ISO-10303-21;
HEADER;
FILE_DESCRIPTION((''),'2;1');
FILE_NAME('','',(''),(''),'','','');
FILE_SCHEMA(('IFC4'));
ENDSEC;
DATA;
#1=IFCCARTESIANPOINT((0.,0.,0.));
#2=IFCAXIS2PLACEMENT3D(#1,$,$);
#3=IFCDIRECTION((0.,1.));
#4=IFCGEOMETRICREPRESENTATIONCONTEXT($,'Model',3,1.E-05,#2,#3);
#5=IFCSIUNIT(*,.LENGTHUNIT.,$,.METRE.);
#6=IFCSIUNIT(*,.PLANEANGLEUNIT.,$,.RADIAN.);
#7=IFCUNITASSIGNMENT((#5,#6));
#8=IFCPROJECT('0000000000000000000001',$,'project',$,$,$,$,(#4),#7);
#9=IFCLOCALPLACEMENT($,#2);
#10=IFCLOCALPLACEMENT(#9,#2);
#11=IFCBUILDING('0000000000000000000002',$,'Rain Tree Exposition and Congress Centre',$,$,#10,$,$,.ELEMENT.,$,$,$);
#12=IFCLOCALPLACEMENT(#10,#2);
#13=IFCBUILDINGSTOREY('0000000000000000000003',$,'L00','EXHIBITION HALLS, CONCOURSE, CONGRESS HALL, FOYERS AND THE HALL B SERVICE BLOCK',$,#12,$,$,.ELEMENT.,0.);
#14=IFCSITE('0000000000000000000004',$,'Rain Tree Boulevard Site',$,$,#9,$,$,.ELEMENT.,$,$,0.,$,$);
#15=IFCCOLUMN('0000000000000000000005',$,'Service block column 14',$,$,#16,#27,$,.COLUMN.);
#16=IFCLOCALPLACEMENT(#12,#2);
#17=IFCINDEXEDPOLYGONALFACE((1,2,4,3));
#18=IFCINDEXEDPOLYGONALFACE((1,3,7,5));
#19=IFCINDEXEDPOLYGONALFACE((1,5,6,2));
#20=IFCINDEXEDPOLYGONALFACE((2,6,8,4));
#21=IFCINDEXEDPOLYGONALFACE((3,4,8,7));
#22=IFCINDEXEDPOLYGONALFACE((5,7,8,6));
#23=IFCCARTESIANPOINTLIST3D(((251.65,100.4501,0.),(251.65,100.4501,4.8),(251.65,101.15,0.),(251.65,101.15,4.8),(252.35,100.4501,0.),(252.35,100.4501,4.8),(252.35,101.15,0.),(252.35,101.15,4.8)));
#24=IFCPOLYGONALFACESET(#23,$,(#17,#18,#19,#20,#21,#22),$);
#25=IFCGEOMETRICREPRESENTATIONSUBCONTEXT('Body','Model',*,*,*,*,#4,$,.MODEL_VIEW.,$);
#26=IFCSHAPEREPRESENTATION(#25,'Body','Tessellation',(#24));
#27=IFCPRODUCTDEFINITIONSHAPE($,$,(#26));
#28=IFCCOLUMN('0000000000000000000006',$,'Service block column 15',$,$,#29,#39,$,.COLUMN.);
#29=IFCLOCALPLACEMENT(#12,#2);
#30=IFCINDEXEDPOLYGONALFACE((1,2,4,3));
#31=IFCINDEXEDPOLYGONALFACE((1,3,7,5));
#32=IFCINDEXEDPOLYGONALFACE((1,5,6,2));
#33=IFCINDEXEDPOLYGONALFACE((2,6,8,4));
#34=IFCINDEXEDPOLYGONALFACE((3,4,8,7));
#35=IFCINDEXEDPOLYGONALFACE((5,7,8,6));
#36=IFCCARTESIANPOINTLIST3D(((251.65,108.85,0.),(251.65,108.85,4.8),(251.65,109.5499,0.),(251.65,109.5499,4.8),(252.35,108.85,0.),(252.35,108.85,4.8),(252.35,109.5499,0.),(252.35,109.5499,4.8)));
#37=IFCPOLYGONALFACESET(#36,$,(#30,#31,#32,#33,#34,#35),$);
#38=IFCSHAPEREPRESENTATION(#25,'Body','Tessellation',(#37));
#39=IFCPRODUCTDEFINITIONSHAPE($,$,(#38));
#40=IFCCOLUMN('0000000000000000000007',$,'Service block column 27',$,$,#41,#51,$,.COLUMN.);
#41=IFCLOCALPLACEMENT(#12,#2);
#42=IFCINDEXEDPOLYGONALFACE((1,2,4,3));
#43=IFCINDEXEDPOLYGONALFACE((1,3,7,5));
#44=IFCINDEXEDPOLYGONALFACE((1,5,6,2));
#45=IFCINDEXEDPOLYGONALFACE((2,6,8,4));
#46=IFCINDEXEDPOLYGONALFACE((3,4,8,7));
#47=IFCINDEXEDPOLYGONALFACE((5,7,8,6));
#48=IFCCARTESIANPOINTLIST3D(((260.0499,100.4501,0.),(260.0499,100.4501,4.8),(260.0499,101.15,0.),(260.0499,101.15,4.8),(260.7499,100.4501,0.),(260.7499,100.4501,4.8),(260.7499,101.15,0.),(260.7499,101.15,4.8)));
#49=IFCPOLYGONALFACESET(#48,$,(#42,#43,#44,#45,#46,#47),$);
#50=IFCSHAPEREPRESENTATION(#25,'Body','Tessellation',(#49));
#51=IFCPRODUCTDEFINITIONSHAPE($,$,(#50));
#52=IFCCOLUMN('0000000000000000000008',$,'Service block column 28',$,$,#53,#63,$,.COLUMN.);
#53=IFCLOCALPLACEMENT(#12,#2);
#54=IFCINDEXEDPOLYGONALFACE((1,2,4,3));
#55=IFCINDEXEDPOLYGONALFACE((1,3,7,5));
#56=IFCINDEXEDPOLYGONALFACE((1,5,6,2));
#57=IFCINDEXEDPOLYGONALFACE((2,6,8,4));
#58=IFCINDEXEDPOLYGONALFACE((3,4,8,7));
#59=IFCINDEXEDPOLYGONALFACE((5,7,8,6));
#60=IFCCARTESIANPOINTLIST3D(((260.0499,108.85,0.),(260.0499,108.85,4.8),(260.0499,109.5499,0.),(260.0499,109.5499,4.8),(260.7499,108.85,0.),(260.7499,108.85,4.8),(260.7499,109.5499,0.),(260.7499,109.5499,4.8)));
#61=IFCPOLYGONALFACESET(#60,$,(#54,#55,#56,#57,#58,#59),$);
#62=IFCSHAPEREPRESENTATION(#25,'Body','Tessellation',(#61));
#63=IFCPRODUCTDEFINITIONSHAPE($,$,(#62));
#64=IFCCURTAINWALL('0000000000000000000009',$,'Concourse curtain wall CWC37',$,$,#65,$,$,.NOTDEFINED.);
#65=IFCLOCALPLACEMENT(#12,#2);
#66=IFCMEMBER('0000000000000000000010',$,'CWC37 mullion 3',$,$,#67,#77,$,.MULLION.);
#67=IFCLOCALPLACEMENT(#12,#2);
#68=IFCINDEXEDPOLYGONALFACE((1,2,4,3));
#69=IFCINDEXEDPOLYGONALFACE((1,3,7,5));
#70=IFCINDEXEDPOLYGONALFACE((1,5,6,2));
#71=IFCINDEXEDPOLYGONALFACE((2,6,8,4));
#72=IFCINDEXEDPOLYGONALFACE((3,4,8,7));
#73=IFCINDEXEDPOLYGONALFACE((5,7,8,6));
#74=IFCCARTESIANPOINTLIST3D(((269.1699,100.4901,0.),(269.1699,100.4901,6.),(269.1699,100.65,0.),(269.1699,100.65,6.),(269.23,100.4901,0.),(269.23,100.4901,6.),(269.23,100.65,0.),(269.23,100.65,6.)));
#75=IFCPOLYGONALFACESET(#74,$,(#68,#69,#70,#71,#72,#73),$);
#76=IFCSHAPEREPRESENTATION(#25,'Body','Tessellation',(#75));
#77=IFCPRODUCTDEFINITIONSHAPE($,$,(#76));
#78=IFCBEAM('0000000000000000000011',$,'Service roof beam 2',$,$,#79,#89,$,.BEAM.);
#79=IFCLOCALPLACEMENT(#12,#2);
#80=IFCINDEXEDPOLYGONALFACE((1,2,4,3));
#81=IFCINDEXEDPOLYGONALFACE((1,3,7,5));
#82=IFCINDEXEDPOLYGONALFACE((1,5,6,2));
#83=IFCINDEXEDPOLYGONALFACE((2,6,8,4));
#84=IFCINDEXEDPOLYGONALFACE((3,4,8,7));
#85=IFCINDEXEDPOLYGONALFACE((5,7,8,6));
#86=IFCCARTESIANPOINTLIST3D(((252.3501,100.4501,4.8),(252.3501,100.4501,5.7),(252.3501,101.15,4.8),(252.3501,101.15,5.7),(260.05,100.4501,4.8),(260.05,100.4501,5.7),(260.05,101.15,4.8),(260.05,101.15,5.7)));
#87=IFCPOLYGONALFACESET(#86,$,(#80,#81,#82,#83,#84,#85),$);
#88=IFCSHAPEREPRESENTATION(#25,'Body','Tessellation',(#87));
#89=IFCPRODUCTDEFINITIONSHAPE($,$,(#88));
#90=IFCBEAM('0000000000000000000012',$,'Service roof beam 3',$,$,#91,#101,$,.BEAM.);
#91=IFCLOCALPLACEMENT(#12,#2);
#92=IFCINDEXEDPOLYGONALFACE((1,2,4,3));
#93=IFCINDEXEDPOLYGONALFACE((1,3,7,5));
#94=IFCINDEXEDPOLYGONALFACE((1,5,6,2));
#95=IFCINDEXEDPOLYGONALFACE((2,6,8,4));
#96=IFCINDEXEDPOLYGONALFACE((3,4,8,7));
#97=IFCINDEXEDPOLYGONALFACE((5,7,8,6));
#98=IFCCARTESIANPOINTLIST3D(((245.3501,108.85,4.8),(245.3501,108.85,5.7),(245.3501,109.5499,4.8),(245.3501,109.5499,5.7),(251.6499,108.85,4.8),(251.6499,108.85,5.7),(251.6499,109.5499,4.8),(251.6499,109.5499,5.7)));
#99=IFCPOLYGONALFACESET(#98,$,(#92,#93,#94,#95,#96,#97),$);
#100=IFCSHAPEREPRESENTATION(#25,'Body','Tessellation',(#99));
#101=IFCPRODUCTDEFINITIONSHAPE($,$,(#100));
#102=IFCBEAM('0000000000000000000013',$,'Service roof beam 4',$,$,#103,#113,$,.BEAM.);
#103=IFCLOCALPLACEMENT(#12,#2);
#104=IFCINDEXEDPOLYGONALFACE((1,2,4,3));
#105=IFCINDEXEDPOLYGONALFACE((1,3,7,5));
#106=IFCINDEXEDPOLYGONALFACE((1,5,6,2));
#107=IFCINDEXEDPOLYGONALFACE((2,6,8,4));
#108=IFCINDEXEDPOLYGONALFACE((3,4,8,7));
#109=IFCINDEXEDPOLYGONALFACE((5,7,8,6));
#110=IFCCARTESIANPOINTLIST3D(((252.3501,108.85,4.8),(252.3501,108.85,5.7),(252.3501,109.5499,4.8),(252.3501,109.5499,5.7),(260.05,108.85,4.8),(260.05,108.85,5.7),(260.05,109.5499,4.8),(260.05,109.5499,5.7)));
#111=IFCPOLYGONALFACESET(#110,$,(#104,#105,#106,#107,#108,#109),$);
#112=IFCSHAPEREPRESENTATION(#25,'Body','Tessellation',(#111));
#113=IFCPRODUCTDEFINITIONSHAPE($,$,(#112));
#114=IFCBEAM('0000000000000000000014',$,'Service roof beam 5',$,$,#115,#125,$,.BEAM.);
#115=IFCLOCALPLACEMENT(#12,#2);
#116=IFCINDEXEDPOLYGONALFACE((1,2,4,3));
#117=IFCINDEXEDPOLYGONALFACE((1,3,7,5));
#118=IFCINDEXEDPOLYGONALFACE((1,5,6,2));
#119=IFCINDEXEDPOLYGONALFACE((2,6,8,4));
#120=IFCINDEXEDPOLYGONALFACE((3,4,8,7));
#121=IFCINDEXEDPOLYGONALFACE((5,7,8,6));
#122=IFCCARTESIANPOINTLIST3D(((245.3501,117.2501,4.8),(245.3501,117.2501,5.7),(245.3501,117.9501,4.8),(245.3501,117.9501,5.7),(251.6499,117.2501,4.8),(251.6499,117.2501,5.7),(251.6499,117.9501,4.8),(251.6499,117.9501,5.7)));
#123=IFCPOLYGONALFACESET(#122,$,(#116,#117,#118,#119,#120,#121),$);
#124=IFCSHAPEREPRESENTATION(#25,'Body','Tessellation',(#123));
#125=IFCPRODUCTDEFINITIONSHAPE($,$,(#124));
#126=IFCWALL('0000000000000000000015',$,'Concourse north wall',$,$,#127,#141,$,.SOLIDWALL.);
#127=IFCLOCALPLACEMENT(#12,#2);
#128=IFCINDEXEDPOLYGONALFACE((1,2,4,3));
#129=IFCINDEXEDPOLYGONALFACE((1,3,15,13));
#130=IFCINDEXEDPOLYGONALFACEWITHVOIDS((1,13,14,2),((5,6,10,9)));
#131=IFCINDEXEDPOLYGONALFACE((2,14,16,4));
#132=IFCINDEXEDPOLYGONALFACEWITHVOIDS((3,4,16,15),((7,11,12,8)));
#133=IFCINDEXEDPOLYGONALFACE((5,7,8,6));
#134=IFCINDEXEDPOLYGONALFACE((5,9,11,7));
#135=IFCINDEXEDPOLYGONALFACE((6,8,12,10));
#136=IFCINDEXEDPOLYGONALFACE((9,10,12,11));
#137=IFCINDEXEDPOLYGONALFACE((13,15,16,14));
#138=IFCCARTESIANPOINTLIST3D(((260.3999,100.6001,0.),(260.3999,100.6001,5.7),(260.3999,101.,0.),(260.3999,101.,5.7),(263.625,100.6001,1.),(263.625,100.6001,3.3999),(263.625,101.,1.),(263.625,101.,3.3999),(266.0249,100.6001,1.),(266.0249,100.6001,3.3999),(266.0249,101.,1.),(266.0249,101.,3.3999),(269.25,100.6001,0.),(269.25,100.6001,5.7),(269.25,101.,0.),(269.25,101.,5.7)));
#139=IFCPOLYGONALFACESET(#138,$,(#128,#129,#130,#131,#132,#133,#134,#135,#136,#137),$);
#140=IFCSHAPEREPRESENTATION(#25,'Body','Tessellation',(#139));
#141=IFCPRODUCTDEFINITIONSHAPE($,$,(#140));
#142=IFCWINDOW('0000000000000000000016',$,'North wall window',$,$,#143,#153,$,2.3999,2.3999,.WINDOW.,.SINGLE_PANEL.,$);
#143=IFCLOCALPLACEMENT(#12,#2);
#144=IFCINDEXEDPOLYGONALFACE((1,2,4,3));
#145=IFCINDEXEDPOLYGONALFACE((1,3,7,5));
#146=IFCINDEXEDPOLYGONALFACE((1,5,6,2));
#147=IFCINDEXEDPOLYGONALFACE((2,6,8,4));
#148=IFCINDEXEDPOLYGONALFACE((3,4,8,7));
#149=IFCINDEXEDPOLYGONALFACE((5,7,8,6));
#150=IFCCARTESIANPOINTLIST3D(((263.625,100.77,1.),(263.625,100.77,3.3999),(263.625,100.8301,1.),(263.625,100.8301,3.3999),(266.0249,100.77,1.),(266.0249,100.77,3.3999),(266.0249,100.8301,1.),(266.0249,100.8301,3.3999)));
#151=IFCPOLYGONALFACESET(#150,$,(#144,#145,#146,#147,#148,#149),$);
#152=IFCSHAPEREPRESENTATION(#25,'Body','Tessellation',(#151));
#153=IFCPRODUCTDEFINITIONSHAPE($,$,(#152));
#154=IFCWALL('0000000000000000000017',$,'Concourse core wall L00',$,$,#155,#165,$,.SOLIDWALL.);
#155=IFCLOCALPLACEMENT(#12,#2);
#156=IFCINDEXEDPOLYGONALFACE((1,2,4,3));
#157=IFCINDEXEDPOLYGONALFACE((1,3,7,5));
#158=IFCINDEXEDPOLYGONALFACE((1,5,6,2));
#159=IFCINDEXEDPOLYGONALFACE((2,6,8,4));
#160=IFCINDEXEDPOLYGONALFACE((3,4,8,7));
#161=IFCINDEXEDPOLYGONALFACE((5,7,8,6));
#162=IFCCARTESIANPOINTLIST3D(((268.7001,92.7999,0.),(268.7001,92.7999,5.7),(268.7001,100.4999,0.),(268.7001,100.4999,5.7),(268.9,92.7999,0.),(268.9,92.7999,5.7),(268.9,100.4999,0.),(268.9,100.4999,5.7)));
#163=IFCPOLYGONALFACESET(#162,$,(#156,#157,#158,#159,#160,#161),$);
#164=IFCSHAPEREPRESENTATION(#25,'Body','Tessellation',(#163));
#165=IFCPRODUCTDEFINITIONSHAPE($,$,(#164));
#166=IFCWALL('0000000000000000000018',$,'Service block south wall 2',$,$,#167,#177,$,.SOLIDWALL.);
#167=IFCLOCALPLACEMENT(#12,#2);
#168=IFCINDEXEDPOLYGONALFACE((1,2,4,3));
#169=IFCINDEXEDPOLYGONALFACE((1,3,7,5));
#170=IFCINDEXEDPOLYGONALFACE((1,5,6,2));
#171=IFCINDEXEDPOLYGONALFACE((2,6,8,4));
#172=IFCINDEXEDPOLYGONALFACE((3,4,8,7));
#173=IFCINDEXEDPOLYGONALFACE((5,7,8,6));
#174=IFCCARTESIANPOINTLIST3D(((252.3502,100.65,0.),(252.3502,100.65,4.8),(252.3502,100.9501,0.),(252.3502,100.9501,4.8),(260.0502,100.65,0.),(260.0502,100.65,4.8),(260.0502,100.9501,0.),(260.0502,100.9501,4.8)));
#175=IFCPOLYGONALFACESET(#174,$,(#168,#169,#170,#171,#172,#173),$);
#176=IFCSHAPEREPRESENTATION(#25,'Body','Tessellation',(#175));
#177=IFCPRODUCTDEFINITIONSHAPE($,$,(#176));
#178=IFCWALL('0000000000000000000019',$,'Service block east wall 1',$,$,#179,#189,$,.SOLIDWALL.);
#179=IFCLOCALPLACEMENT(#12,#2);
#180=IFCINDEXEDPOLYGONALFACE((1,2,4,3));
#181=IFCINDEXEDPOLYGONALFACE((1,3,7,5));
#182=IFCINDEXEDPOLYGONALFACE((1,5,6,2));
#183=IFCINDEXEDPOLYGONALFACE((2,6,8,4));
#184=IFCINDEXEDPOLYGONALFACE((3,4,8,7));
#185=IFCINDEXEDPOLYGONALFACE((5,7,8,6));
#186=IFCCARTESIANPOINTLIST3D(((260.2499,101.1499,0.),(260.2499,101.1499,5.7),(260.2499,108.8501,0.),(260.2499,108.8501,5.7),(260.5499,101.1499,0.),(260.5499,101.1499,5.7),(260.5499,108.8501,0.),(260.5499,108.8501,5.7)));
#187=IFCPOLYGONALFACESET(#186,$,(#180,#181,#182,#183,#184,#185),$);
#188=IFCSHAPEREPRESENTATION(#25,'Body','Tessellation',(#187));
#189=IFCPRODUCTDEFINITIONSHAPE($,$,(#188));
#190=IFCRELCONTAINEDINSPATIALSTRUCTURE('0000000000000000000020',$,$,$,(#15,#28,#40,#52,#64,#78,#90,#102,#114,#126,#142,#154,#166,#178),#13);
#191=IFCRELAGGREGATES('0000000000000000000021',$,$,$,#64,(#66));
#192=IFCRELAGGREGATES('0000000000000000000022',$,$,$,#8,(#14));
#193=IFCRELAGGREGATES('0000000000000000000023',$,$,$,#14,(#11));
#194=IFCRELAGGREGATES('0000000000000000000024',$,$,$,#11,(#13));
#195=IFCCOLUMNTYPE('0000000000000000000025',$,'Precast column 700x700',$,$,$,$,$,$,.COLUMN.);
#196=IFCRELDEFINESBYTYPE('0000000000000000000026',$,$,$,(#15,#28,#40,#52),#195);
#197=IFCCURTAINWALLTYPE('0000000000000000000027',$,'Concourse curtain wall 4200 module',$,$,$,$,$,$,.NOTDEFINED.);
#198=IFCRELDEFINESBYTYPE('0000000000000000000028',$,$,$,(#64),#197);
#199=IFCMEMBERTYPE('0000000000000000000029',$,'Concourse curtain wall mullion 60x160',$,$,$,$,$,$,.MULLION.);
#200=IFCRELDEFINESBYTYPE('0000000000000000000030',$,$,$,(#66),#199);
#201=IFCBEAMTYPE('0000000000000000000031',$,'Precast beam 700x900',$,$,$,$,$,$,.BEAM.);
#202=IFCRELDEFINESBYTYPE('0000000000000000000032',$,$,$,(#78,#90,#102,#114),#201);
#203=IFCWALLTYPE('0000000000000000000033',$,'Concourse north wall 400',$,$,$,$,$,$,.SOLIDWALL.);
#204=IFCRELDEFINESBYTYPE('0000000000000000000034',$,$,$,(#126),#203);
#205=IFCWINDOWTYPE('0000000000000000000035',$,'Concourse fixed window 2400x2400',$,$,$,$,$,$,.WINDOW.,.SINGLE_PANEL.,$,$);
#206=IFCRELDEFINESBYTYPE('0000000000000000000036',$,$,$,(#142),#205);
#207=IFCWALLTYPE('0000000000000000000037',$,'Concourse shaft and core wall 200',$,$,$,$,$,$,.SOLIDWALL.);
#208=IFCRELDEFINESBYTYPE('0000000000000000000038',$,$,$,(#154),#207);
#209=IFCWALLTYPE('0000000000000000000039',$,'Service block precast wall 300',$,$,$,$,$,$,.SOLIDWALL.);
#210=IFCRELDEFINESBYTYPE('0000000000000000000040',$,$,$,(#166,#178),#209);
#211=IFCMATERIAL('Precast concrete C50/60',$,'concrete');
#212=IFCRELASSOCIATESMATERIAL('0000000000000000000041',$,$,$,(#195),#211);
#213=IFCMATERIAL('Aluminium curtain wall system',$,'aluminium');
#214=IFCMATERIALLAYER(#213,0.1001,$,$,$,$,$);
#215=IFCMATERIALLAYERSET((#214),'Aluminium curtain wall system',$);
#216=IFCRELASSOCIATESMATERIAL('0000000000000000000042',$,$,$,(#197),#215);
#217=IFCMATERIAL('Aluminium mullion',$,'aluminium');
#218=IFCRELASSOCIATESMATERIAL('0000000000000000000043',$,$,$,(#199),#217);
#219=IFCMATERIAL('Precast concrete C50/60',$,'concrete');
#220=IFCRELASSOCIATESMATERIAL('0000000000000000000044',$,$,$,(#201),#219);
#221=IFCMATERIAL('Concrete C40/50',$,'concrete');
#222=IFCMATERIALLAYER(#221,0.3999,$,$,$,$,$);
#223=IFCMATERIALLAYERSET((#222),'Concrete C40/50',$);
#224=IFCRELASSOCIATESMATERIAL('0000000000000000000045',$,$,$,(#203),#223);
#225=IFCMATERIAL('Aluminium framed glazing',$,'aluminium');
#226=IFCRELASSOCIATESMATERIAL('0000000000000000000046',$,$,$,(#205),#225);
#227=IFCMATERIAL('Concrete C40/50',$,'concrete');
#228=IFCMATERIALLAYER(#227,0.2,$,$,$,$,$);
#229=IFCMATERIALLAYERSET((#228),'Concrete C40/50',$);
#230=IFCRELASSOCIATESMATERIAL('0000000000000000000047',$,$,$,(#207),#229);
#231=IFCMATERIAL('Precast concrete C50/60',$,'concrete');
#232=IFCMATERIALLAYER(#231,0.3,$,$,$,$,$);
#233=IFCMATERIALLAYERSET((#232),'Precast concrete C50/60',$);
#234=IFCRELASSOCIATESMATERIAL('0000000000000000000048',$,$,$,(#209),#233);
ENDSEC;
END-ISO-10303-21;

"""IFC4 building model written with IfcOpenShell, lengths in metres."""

from ifc_helpers import new_model, si_unit, direction, frame, frame_2d, origin, origin_2d, place, context, subcontext, project, spatial, rectangle, extrude, material, layer, layer_set, material_profile, profile_set, type_object, element, fill, aggregate, save


model = new_model("IFC4")

# Units and contexts
model_context = context("Model", 3, precision=1e-05, world=origin(), true_north=direction((0.0, 1.0)))
body_context = subcontext(model_context, "Body", "Model", "MODEL_VIEW")
ifc_project = project(units=[si_unit("LENGTHUNIT", "METRE"), si_unit("PLANEANGLEUNIT", "RADIAN")], contexts=[model_context])

# Site, building, storey
site_placement = place(None, origin())
site = spatial("IfcSite", under=ifc_project, at=site_placement, Name="Rain Tree Boulevard Site", CompositionType="ELEMENT", RefElevation=0.0)
building_placement = place(site_placement, origin())
building = spatial("IfcBuilding", under=site, at=building_placement, Name="Rain Tree Exposition and Congress Centre", CompositionType="ELEMENT")
storey_placement = place(building_placement, origin())
storey = spatial("IfcBuildingStorey", under=building, at=storey_placement, Name="L00", Description="EXHIBITION HALLS, CONCOURSE, CONGRESS HALL, FOYERS AND THE HALL B SERVICE BLOCK", CompositionType="ELEMENT", Elevation=0.0)

# Columns
ifc_material_1 = material(Name="Precast concrete C50/60", Category="concrete")
ifc_material_profile_1 = material_profile(ifc_material_1, rectangle(XDim=0.7, YDim=0.7, at=origin_2d()), Name="RC 700x700")
ifc_profile_set_1 = profile_set([ifc_material_profile_1], Name="Precast concrete C50/60")
column_type = type_object("IfcColumnType", Name="Precast column 700x700", PredefinedType="COLUMN", material=ifc_profile_set_1)
for number, where, z_axis, x_axis, name in (
    (1, (252.0, 100.8, 0.0), (0.0, 0.0, 1.0), (1.0, 0.0, 0.0), "Service block column 14"),
    (2, (252.0, 109.2, 0.0), (0.0, 0.0, 1.0), (1.0, 0.0, 0.0), "Service block column 15"),
    (3, (260.3999, 100.8, 0.0), (0.0, 0.0, 1.0), (1.0, 0.0, 0.0), "Service block column 27"),
    (4, (260.3999, 109.2, 0.0), (0.0, 0.0, 1.0), (1.0, 0.0, 0.0), "Service block column 28"),
):
    element("IfcColumn", number, at=place(storey_placement, frame(where, z_axis=z_axis, x_axis=x_axis)), inside=storey, type_object=column_type, Name=name, PredefinedType="COLUMN", context=body_context, shape_type="SweptSolid", body=[
        extrude(rectangle(XDim=0.7, YDim=0.7, at=origin_2d()), origin(), (0.0, 0.0, 1.0), 4.8),
    ])

# Curtain wall, member
ifc_material_2 = material(Name="Aluminium curtain wall system", Category="aluminium")
ifc_layer_1 = layer(ifc_material_2, 0.1001)
ifc_layer_set_1 = layer_set([ifc_layer_1], Name="Aluminium curtain wall system")
curtain_wall_type = type_object("IfcCurtainWallType", Name="Concourse curtain wall 4200 module", PredefinedType="NOTDEFINED", material=ifc_layer_set_1)
curtain_wall_placement = place(storey_placement, origin())
curtain_wall = element("IfcCurtainWall", 5, at=curtain_wall_placement, inside=storey, type_object=curtain_wall_type, Name="Concourse curtain wall CWC37", PredefinedType="NOTDEFINED")
ifc_material_3 = material(Name="Aluminium mullion", Category="aluminium")
ifc_material_profile_2 = material_profile(ifc_material_3, rectangle(XDim=0.0601, YDim=0.1599, at=origin_2d()), Name="AL 60x160")
ifc_profile_set_2 = profile_set([ifc_material_profile_2], Name="Aluminium mullion")
member_type = type_object("IfcMemberType", Name="Concourse curtain wall mullion 60x160", PredefinedType="MULLION", material=ifc_profile_set_2)
member_placement = place(storey_placement, frame((269.2, 100.5701, 0.0), z_axis=(0.0, 0.0, 1.0), x_axis=(-1.0, 0.0, 0.0)))
member = element("IfcMember", 6, at=member_placement, type_object=member_type, Name="CWC37 mullion 3", PredefinedType="MULLION", context=body_context, shape_type="SweptSolid", body=[
    extrude(rectangle(XDim=0.0601, YDim=0.1599, at=origin_2d()), origin(), (0.0, 0.0, 1.0), 6.0),
])
aggregate(curtain_wall, [member])

# Beams
ifc_material_4 = material(Name="Precast concrete C50/60", Category="concrete")
ifc_material_profile_3 = material_profile(ifc_material_4, rectangle(XDim=0.7, YDim=0.8999, at=origin_2d()), Name="RC 700x900")
ifc_profile_set_3 = profile_set([ifc_material_profile_3], Name="Precast concrete C50/60")
beam_type = type_object("IfcBeamType", Name="Precast beam 700x900", PredefinedType="BEAM", material=ifc_profile_set_3)
beam_1_placement = place(storey_placement, frame((252.3501, 100.8, 5.25), z_axis=(1.0, 0.0, 0.0), x_axis=(0.0, 1.0, 0.0)))
element("IfcBeam", 7, at=beam_1_placement, inside=storey, type_object=beam_type, Name="Service roof beam 2", PredefinedType="BEAM", context=body_context, shape_type="SweptSolid", body=[
    extrude(rectangle(XDim=0.7, YDim=0.8999, at=origin_2d()), origin(), (0.0, 0.0, 1.0), 7.7),
])
beam_2_placement = place(storey_placement, frame((245.3501, 109.2, 5.25), z_axis=(1.0, 0.0, 0.0), x_axis=(0.0, 1.0, 0.0)))
element("IfcBeam", 8, at=beam_2_placement, inside=storey, type_object=beam_type, Name="Service roof beam 3", PredefinedType="BEAM", context=body_context, shape_type="SweptSolid", body=[
    extrude(rectangle(XDim=0.7, YDim=0.8999, at=origin_2d()), origin(), (0.0, 0.0, 1.0), 6.2998),
])
beam_3_placement = place(storey_placement, frame((252.3501, 109.2, 5.25), z_axis=(1.0, 0.0, 0.0), x_axis=(0.0, 1.0, 0.0)))
element("IfcBeam", 9, at=beam_3_placement, inside=storey, type_object=beam_type, Name="Service roof beam 4", PredefinedType="BEAM", context=body_context, shape_type="SweptSolid", body=[
    extrude(rectangle(XDim=0.7, YDim=0.8999, at=origin_2d()), origin(), (0.0, 0.0, 1.0), 7.7),
])
beam_4_placement = place(storey_placement, frame((245.3501, 117.6001, 5.25), z_axis=(1.0, 0.0, 0.0), x_axis=(0.0, 1.0, 0.0)))
element("IfcBeam", 10, at=beam_4_placement, inside=storey, type_object=beam_type, Name="Service roof beam 5", PredefinedType="BEAM", context=body_context, shape_type="SweptSolid", body=[
    extrude(rectangle(XDim=0.7, YDim=0.8999, at=origin_2d()), origin(), (0.0, 0.0, 1.0), 6.2998),
])

# Wall, opening, window
ifc_material_5 = material(Name="Concrete C40/50", Category="concrete")
ifc_layer_2 = layer(ifc_material_5, 0.3999)
ifc_layer_set_2 = layer_set([ifc_layer_2], Name="Concrete C40/50")
wall_type_1 = type_object("IfcWallType", Name="Concourse north wall 400", PredefinedType="SOLIDWALL", material=ifc_layer_set_2)
wall_1_placement = place(storey_placement, frame((260.3999, 100.8, 0.0), z_axis=(0.0, 0.0, 1.0), x_axis=(1.0, 0.0, 0.0)))
wall_1 = element("IfcWall", 11, at=wall_1_placement, inside=storey, type_object=wall_type_1, Name="Concourse north wall", PredefinedType="SOLIDWALL", context=body_context, shape_type="SweptSolid", body=[
    extrude(rectangle(XDim=8.8501, YDim=0.3999, at=frame_2d((4.425, 0.0))), origin(), (0.0, 0.0, 1.0), 5.7),
])
opening_1_placement = place(wall_1_placement, frame((3.2251, 0.0, 1.0)))
opening_1 = element("IfcOpeningElement", 12, at=opening_1_placement, cuts=wall_1, PredefinedType="OPENING", context=body_context, shape_type="SweptSolid", body=[
    extrude(rectangle(XDim=2.3999, YDim=2.3999, at=frame_2d((1.2, 1.2))), frame((0.0, 0.2, 0.0), z_axis=(0.0, -1.0, 0.0), x_axis=(1.0, 0.0, 0.0)), (0.0, 0.0, 1.0), 0.3999),
])
ifc_material_6 = material(Name="Aluminium framed glazing", Category="aluminium")
window_type = type_object("IfcWindowType", Name="Concourse fixed window 2400x2400", PartitioningType="SINGLE_PANEL", PredefinedType="WINDOW", material=ifc_material_6)
window_placement = place(opening_1_placement, origin())
window = element("IfcWindow", 13, at=window_placement, inside=storey, type_object=window_type, Name="North wall window", OverallHeight=2.3999, OverallWidth=2.3999, PartitioningType="SINGLE_PANEL", PredefinedType="WINDOW", context=body_context, shape_type="SweptSolid", body=[
    extrude(rectangle(XDim=2.3999, YDim=2.3999, at=frame_2d((1.2, 1.2))), frame((0.0, 0.03, 0.0), z_axis=(0.0, -1.0, 0.0), x_axis=(1.0, 0.0, 0.0)), (0.0, 0.0, 1.0), 0.0601),
])
fill(opening_1, window)

# Walls
ifc_material_7 = material(Name="Concrete C40/50", Category="concrete")
ifc_layer_3 = layer(ifc_material_7, 0.2)
ifc_layer_set_3 = layer_set([ifc_layer_3], Name="Concrete C40/50")
wall_type_2 = type_object("IfcWallType", Name="Concourse shaft and core wall 200", PredefinedType="SOLIDWALL", material=ifc_layer_set_3)
wall_2_placement = place(storey_placement, frame((268.8, 100.5, 0.0), z_axis=(0.0, 0.0, 1.0), x_axis=(0.0, -1.0, 0.0)))
element("IfcWall", 14, at=wall_2_placement, inside=storey, type_object=wall_type_2, Name="Concourse core wall L00", PredefinedType="SOLIDWALL", context=body_context, shape_type="SweptSolid", body=[
    extrude(rectangle(XDim=7.7, YDim=0.2, at=frame_2d((3.8501, 0.0))), origin(), (0.0, 0.0, 1.0), 5.7),
])
ifc_material_8 = material(Name="Precast concrete C50/60", Category="concrete")
ifc_layer_4 = layer(ifc_material_8, 0.3)
ifc_layer_set_4 = layer_set([ifc_layer_4], Name="Precast concrete C50/60")
wall_type_3 = type_object("IfcWallType", Name="Service block precast wall 300", PredefinedType="SOLIDWALL", material=ifc_layer_set_4)
wall_3_placement = place(storey_placement, frame((252.3501, 100.8, 0.0), z_axis=(0.0, 0.0, 1.0), x_axis=(1.0, 0.0, 0.0)))
element("IfcWall", 15, at=wall_3_placement, inside=storey, type_object=wall_type_3, Name="Service block south wall 2", PredefinedType="SOLIDWALL", context=body_context, shape_type="SweptSolid", body=[
    extrude(rectangle(XDim=7.7, YDim=0.3, at=frame_2d((3.8501, 0.0))), origin(), (0.0, 0.0, 1.0), 4.8),
])
wall_4_placement = place(storey_placement, frame((260.3999, 101.1499, 0.0), z_axis=(0.0, 0.0, 1.0), x_axis=(0.0, 1.0, 0.0)))
element("IfcWall", 16, at=wall_4_placement, inside=storey, type_object=wall_type_3, Name="Service block east wall 1", PredefinedType="SOLIDWALL", context=body_context, shape_type="SweptSolid", body=[
    extrude(rectangle(XDim=7.7002, YDim=0.3, at=frame_2d((3.8501, 0.0))), origin(), (0.0, 0.0, 1.0), 5.7),
])

save(model, "model.ifc")
